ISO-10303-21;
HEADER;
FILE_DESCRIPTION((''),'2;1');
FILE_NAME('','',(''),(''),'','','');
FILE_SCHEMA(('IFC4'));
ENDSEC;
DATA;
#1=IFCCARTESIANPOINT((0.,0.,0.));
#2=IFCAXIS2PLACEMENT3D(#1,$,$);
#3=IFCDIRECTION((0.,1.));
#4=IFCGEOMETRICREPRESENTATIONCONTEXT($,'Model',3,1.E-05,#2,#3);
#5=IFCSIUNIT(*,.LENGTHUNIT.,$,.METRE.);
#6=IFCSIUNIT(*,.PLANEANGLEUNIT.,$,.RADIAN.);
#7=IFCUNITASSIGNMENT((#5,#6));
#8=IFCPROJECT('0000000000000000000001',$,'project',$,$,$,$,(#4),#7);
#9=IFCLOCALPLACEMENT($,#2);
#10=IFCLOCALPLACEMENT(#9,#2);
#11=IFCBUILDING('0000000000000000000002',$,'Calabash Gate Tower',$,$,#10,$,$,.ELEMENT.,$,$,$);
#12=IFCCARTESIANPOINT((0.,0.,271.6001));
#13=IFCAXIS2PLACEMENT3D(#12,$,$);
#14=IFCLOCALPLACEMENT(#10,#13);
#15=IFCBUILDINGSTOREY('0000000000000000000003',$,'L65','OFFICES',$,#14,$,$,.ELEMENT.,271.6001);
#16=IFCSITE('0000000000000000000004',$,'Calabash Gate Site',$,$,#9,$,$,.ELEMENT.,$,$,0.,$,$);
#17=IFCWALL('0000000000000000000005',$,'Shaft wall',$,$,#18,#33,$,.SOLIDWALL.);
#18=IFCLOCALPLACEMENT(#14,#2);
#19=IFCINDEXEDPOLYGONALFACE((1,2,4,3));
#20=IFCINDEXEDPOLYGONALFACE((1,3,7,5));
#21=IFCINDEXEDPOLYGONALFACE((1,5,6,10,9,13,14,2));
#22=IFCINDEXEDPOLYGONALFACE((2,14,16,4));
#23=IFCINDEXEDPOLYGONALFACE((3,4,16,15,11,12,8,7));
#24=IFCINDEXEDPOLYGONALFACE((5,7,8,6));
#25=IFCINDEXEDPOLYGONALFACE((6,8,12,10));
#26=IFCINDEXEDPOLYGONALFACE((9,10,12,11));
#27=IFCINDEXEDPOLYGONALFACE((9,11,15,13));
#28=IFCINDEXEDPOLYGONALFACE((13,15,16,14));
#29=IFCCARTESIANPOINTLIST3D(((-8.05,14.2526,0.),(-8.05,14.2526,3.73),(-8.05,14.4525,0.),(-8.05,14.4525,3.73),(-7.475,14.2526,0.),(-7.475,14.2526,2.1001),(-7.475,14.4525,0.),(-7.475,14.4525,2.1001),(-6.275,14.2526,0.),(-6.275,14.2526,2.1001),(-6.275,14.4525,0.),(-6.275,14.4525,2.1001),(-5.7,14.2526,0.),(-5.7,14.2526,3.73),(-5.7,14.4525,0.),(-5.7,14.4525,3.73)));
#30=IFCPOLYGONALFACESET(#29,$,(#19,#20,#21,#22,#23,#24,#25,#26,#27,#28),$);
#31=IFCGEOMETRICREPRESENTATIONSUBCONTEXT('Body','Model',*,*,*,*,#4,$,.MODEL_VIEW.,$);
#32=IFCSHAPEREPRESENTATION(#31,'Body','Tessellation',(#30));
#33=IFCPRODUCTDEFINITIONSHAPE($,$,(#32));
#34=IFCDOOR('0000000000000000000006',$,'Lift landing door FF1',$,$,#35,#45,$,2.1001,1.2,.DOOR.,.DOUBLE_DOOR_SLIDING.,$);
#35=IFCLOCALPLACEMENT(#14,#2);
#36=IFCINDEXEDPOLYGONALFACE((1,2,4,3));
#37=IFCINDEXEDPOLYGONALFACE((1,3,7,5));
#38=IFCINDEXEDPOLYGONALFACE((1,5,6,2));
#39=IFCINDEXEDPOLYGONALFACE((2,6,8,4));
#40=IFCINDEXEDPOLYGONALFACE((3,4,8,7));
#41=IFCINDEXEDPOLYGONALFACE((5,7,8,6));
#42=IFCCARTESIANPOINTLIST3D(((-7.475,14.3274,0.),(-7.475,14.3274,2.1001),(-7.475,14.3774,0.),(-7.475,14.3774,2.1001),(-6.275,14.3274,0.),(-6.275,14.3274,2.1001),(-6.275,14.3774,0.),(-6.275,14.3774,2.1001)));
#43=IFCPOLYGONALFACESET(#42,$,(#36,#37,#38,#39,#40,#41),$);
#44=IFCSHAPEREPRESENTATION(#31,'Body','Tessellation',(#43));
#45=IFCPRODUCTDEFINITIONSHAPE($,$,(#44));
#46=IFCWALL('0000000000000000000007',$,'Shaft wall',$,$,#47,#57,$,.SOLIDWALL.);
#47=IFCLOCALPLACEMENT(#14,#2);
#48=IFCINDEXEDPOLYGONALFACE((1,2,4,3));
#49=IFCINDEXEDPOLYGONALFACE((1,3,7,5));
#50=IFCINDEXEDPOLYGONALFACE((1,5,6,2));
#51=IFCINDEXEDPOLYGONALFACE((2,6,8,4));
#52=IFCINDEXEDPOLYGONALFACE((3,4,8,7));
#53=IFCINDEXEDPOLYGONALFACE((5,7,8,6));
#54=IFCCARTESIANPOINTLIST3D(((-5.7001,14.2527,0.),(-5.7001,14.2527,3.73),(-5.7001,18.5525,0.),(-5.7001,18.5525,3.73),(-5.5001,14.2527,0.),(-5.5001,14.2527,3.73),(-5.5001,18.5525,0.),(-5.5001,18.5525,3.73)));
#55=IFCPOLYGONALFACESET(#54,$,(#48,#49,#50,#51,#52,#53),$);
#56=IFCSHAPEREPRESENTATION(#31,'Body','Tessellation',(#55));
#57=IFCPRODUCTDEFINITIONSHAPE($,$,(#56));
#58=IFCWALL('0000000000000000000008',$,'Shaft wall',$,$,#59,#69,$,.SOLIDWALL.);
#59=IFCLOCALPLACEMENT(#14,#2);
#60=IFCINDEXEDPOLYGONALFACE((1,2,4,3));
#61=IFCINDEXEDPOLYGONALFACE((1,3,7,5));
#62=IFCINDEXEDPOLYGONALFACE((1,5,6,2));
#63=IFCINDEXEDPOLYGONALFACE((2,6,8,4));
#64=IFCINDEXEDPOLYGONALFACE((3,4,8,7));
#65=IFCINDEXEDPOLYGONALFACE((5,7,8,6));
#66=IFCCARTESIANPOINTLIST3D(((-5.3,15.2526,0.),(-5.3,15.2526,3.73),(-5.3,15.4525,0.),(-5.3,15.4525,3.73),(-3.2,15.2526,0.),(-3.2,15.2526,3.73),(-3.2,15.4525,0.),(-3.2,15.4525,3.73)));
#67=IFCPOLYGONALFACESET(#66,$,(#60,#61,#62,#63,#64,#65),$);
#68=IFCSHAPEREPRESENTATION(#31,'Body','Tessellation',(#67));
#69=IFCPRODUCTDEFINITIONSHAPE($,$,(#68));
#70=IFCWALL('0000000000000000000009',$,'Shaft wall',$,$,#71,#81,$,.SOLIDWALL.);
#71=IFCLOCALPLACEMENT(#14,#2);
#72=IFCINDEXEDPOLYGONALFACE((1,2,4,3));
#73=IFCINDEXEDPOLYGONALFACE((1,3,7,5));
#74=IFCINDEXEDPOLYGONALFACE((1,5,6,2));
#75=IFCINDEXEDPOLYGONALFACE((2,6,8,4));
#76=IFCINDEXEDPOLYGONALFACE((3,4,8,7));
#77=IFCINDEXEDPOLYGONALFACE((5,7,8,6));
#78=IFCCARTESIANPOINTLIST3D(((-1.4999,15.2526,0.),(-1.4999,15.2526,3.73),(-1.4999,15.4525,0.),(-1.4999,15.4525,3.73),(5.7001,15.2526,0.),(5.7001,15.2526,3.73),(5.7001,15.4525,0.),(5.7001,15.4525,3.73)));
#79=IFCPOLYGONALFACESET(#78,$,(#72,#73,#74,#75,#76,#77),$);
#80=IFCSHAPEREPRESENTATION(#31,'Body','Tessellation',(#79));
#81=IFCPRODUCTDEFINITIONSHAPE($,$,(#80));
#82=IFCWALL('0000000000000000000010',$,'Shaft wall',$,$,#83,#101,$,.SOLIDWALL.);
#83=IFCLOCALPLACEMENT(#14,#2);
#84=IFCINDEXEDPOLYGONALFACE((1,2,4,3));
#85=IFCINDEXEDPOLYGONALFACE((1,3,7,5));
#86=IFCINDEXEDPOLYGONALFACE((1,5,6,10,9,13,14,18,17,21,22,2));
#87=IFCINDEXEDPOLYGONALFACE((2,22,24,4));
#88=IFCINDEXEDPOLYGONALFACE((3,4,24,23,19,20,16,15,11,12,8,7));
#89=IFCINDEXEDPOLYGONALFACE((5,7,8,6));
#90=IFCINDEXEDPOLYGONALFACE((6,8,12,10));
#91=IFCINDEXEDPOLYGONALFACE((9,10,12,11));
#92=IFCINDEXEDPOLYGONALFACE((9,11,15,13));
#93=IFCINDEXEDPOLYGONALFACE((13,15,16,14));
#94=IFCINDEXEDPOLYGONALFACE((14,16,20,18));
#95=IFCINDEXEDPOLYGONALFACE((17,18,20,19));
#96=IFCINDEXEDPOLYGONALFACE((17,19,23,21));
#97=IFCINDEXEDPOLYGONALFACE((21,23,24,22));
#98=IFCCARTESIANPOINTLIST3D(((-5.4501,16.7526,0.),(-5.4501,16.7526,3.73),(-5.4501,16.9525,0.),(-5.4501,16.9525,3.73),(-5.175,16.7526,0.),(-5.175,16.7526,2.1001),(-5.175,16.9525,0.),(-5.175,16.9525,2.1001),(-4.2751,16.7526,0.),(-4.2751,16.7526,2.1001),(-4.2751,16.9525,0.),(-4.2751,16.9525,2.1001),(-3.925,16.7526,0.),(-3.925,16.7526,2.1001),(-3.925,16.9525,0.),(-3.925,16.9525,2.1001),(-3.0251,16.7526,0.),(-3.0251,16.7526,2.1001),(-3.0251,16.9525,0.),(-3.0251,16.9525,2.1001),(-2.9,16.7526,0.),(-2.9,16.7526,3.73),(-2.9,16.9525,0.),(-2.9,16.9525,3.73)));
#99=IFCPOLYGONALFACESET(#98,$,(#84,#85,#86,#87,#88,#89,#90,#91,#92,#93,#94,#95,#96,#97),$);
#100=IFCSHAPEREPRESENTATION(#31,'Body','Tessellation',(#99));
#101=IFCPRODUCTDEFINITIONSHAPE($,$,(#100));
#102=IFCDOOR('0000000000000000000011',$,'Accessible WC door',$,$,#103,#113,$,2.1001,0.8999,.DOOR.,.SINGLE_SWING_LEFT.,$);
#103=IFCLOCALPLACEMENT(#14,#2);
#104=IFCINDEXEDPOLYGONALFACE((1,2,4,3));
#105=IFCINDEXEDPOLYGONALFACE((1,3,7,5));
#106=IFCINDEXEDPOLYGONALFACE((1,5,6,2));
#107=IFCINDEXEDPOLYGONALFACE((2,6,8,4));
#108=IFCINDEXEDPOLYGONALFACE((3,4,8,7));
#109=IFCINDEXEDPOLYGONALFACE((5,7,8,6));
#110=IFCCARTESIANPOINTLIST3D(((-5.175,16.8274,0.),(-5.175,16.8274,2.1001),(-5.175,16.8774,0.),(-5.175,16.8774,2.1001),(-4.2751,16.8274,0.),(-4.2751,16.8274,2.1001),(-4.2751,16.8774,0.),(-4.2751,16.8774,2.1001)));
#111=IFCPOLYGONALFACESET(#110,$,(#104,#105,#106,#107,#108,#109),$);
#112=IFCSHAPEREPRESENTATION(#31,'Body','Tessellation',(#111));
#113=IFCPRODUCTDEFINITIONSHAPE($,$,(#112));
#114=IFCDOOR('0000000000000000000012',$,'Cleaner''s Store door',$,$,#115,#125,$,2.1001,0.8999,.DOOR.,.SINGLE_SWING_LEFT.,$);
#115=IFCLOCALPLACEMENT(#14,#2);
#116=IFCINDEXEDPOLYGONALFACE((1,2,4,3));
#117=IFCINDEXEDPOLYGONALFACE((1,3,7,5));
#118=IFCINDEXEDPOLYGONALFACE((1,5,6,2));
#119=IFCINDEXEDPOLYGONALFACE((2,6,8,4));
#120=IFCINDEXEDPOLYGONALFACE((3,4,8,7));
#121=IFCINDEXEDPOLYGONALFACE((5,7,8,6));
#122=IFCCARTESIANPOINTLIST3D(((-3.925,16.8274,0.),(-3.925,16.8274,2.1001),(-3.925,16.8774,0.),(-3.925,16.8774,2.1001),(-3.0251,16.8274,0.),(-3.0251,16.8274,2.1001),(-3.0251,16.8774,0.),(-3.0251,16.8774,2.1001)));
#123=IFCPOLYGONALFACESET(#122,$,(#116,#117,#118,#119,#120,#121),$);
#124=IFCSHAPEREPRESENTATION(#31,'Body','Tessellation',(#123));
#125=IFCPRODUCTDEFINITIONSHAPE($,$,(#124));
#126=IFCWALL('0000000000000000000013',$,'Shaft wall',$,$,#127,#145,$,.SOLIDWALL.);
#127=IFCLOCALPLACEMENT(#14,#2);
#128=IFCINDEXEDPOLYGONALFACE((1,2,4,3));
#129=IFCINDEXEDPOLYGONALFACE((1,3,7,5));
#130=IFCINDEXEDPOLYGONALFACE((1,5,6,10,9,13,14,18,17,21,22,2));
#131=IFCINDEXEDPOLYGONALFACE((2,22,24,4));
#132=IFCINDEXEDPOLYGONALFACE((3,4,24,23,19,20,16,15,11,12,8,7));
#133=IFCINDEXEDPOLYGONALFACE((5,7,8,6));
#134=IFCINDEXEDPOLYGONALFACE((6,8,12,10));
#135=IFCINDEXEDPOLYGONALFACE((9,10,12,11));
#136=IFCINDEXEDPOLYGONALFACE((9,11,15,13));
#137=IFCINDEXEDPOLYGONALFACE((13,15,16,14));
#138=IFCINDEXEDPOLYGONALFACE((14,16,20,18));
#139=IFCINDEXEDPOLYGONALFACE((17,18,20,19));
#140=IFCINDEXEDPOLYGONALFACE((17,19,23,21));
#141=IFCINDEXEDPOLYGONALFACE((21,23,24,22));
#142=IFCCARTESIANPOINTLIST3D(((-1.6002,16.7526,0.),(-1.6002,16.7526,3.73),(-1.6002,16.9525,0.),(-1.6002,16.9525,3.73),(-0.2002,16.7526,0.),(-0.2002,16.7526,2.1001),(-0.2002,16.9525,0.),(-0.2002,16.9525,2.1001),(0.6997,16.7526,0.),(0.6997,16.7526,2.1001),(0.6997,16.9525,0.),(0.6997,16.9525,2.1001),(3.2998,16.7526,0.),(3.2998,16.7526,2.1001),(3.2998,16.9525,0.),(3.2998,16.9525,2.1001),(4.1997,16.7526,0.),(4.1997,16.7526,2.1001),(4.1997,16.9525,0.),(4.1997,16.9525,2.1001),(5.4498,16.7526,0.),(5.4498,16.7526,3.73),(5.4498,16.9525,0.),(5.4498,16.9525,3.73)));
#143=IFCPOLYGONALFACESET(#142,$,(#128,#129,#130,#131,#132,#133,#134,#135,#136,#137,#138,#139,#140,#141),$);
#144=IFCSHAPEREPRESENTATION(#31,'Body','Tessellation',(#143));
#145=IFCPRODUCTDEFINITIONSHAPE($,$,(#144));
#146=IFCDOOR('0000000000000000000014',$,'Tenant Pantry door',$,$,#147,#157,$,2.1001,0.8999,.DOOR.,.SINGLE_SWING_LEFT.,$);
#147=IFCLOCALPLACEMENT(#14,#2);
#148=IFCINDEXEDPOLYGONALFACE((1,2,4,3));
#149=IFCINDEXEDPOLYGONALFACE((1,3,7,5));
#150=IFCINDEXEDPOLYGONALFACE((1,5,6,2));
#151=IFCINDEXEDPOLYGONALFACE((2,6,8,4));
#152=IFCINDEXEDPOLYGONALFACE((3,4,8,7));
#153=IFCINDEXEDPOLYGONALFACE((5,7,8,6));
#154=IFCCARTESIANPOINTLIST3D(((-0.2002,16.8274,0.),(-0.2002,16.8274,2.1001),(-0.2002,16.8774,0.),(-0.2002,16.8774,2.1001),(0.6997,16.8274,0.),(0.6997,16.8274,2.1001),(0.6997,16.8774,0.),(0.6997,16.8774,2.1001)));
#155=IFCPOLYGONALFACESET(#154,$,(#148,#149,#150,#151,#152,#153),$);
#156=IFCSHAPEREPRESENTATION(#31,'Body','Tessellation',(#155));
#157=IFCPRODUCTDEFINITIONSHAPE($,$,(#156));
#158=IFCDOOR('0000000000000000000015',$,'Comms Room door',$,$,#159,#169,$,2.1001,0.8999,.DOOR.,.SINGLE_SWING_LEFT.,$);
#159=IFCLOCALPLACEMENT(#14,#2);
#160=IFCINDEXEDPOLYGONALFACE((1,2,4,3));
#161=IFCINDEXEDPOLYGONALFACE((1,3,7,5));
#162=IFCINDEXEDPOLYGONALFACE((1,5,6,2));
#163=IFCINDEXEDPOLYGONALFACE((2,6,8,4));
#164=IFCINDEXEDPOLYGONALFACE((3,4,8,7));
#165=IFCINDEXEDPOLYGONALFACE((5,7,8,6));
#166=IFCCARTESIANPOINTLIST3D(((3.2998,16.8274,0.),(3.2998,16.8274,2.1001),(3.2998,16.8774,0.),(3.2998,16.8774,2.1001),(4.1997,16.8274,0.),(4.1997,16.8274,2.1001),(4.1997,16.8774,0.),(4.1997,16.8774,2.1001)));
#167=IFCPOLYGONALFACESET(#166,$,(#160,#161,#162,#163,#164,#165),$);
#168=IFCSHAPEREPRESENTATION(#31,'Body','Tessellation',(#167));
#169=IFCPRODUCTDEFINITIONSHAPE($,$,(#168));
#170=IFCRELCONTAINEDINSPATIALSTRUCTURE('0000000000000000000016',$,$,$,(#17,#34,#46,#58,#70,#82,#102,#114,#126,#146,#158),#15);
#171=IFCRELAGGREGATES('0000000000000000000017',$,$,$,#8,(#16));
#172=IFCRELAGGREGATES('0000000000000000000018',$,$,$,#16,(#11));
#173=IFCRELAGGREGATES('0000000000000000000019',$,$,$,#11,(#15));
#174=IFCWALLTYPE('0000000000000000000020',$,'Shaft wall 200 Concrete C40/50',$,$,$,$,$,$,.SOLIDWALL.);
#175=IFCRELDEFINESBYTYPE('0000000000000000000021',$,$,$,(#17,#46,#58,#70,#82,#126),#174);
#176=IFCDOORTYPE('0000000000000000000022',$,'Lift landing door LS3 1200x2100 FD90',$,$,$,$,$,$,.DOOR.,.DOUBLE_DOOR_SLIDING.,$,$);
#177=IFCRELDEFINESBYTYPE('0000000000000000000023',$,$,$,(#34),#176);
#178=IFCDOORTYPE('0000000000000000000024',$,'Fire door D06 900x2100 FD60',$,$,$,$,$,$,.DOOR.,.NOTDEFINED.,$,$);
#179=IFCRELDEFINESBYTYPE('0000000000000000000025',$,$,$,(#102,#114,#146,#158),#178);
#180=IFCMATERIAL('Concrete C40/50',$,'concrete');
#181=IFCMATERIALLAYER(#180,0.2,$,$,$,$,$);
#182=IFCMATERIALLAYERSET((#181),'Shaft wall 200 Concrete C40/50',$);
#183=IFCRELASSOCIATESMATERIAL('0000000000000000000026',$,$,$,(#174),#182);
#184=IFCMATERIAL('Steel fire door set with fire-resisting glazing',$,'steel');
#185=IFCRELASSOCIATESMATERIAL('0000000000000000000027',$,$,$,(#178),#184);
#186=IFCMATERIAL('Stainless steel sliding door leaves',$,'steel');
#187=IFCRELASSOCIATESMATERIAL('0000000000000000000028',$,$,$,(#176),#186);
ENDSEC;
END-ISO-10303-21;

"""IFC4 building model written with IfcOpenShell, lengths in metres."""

from ifc_helpers import new_model, si_unit, direction, frame, frame_2d, origin, place, context, subcontext, project, spatial, rectangle, extrude, material, layer, layer_set, type_object, element, fill, save


model = new_model("IFC4")

# Units and contexts
model_context = context("Model", 3, precision=1e-05, world=origin(), true_north=direction((0.0, 1.0)))
body_context = subcontext(model_context, "Body", "Model", "MODEL_VIEW")
ifc_project = project(units=[si_unit("LENGTHUNIT", "METRE"), si_unit("PLANEANGLEUNIT", "RADIAN")], contexts=[model_context])

# Site, building, storey
site_placement = place(None, origin())
site = spatial("IfcSite", under=ifc_project, at=site_placement, Name="Calabash Gate Site", CompositionType="ELEMENT", RefElevation=0.0)
building_placement = place(site_placement, origin())
building = spatial("IfcBuilding", under=site, at=building_placement, Name="Calabash Gate Tower", CompositionType="ELEMENT")
storey_placement = place(building_placement, frame((0.0, 0.0, 271.6001)))
storey = spatial("IfcBuildingStorey", under=building, at=storey_placement, Name="L65", Description="OFFICES", CompositionType="ELEMENT", Elevation=271.6001)

# Shared definitions
ifc_material_1 = material(Name="Concrete C40/50", Category="concrete")
ifc_layer_1 = layer(ifc_material_1, 0.2)
ifc_layer_set_1 = layer_set([ifc_layer_1], Name="Shaft wall 200 Concrete C40/50")
wall_type_1 = type_object("IfcWallType", Name="Shaft wall 200 Concrete C40/50", PredefinedType="SOLIDWALL", material=ifc_layer_set_1)
ifc_material_2 = material(Name="Steel fire door set with fire-resisting glazing", Category="steel")
door_type_1 = type_object("IfcDoorType", Name="Fire door D06 900x2100 FD60", OperationType="NOTDEFINED", PredefinedType="DOOR", material=ifc_material_2)

# Wall, opening, door
wall_1_placement = place(storey_placement, frame((-8.05, 14.3525, 0.0), z_axis=(0.0, 0.0, 1.0), x_axis=(1.0, 0.0, 0.0)))
wall_1 = element("IfcWall", 1, at=wall_1_placement, inside=storey, type_object=wall_type_1, Name="Shaft wall", PredefinedType="SOLIDWALL", context=body_context, shape_type="SweptSolid", body=[
    extrude(rectangle(XDim=2.3501, YDim=0.2, at=frame_2d((1.175, 0.0))), origin(), (0.0, 0.0, 1.0), 3.73),
])
opening_1_placement = place(wall_1_placement, frame((0.575, 0.0, 0.0)))
opening_1 = element("IfcOpeningElement", 2, at=opening_1_placement, cuts=wall_1, PredefinedType="OPENING", context=body_context, shape_type="SweptSolid", body=[
    extrude(rectangle(XDim=1.2, YDim=2.1001, at=frame_2d((0.6001, 1.05))), frame((0.0, 0.1099, 0.0), z_axis=(0.0, -1.0, 0.0), x_axis=(1.0, 0.0, 0.0)), (0.0, 0.0, 1.0), 0.22),
])
ifc_material_3 = material(Name="Stainless steel sliding door leaves", Category="steel")
door_type_2 = type_object("IfcDoorType", Name="Lift landing door LS3 1200x2100 FD90", OperationType="DOUBLE_DOOR_SLIDING", PredefinedType="DOOR", material=ifc_material_3)
door_1_placement = place(opening_1_placement, origin())
door_1 = element("IfcDoor", 3, at=door_1_placement, inside=storey, type_object=door_type_2, Name="Lift landing door FF1", OperationType="DOUBLE_DOOR_SLIDING", OverallHeight=2.1001, OverallWidth=1.2, PredefinedType="DOOR", context=body_context, shape_type="SweptSolid", body=[
    extrude(rectangle(XDim=1.2, YDim=2.1001, at=frame_2d((0.6001, 1.05))), frame((0.0, 0.0249, 0.0), z_axis=(0.0, -1.0, 0.0), x_axis=(1.0, 0.0, 0.0)), (0.0, 0.0, 1.0), 0.05),
])
fill(opening_1, door_1)

# Walls
wall_2_placement = place(storey_placement, frame((-5.6001, 14.2527, 0.0), z_axis=(0.0, 0.0, 1.0), x_axis=(0.0, 1.0, 0.0)))
element("IfcWall", 4, at=wall_2_placement, inside=storey, type_object=wall_type_1, Name="Shaft wall", PredefinedType="SOLIDWALL", context=body_context, shape_type="SweptSolid", body=[
    extrude(rectangle(XDim=4.2998, YDim=0.2, at=frame_2d((2.1499, 0.0))), origin(), (0.0, 0.0, 1.0), 3.73),
])
wall_3_placement = place(storey_placement, frame((-5.3, 15.3525, 0.0), z_axis=(0.0, 0.0, 1.0), x_axis=(1.0, 0.0, 0.0)))
element("IfcWall", 5, at=wall_3_placement, inside=storey, type_object=wall_type_1, Name="Shaft wall", PredefinedType="SOLIDWALL", context=body_context, shape_type="SweptSolid", body=[
    extrude(rectangle(XDim=2.1001, YDim=0.2, at=frame_2d((1.05, 0.0))), origin(), (0.0, 0.0, 1.0), 3.73),
])
wall_4_placement = place(storey_placement, frame((-1.5, 15.3525, 0.0), z_axis=(0.0, 0.0, 1.0), x_axis=(1.0, 0.0, 0.0)))
element("IfcWall", 6, at=wall_4_placement, inside=storey, type_object=wall_type_1, Name="Shaft wall", PredefinedType="SOLIDWALL", context=body_context, shape_type="SweptSolid", body=[
    extrude(rectangle(XDim=7.2, YDim=0.2, at=frame_2d((3.6001, 0.0))), origin(), (0.0, 0.0, 1.0), 3.73),
])

# Walls, openings, doors
wall_5_placement = place(storey_placement, frame((-5.45, 16.8525, 0.0), z_axis=(0.0, 0.0, 1.0), x_axis=(1.0, 0.0, 0.0)))
wall_5 = element("IfcWall", 7, at=wall_5_placement, inside=storey, type_object=wall_type_1, Name="Shaft wall", PredefinedType="SOLIDWALL", context=body_context, shape_type="SweptSolid", body=[
    extrude(rectangle(XDim=2.55, YDim=0.2, at=frame_2d((1.2749, 0.0))), origin(), (0.0, 0.0, 1.0), 3.73),
])
opening_2_placement = place(wall_5_placement, frame((0.2749, 0.0, 0.0)))
opening_2 = element("IfcOpeningElement", 8, at=opening_2_placement, cuts=wall_5, PredefinedType="OPENING", context=body_context, shape_type="SweptSolid", body=[
    extrude(rectangle(XDim=0.8999, YDim=2.1001, at=frame_2d((0.45, 1.05))), frame((0.0, 0.1099, 0.0), z_axis=(0.0, -1.0, 0.0), x_axis=(1.0, 0.0, 0.0)), (0.0, 0.0, 1.0), 0.22),
])
opening_3_placement = place(wall_5_placement, frame((1.5249, 0.0, 0.0)))
opening_3 = element("IfcOpeningElement", 9, at=opening_3_placement, cuts=wall_5, PredefinedType="OPENING", context=body_context, shape_type="SweptSolid", body=[
    extrude(rectangle(XDim=0.8999, YDim=2.1001, at=frame_2d((0.45, 1.05))), frame((0.0, 0.1099, 0.0), z_axis=(0.0, -1.0, 0.0), x_axis=(1.0, 0.0, 0.0)), (0.0, 0.0, 1.0), 0.22),
])
door_2_placement = place(opening_2_placement, origin())
door_2 = element("IfcDoor", 10, at=door_2_placement, inside=storey, type_object=door_type_1, Name="Accessible WC door", OperationType="SINGLE_SWING_LEFT", OverallHeight=2.1001, OverallWidth=0.8999, PredefinedType="DOOR", context=body_context, shape_type="SweptSolid", body=[
    extrude(rectangle(XDim=0.8999, YDim=2.1001, at=frame_2d((0.45, 1.05))), frame((0.0, 0.0249, 0.0), z_axis=(0.0, -1.0, 0.0), x_axis=(1.0, 0.0, 0.0)), (0.0, 0.0, 1.0), 0.05),
])
fill(opening_2, door_2)
door_3_placement = place(opening_3_placement, origin())
door_3 = element("IfcDoor", 11, at=door_3_placement, inside=storey, type_object=door_type_1, Name="Cleaner's Store door", OperationType="SINGLE_SWING_LEFT", OverallHeight=2.1001, OverallWidth=0.8999, PredefinedType="DOOR", context=body_context, shape_type="SweptSolid", body=[
    extrude(rectangle(XDim=0.8999, YDim=2.1001, at=frame_2d((0.45, 1.05))), frame((0.0, 0.0249, 0.0), z_axis=(0.0, -1.0, 0.0), x_axis=(1.0, 0.0, 0.0)), (0.0, 0.0, 1.0), 0.05),
])
fill(opening_3, door_3)
wall_6_placement = place(storey_placement, frame((-1.6001, 16.8525, 0.0), z_axis=(0.0, 0.0, 1.0), x_axis=(1.0, 0.0, 0.0)))
wall_6 = element("IfcWall", 12, at=wall_6_placement, inside=storey, type_object=wall_type_1, Name="Shaft wall", PredefinedType="SOLIDWALL", context=body_context, shape_type="SweptSolid", body=[
    extrude(rectangle(XDim=7.05, YDim=0.2, at=frame_2d((3.5249, 0.0))), origin(), (0.0, 0.0, 1.0), 3.73),
])
opening_4_placement = place(wall_6_placement, frame((1.3999, 0.0, 0.0)))
opening_4 = element("IfcOpeningElement", 13, at=opening_4_placement, cuts=wall_6, PredefinedType="OPENING", context=body_context, shape_type="SweptSolid", body=[
    extrude(rectangle(XDim=0.8999, YDim=2.1001, at=frame_2d((0.45, 1.05))), frame((0.0, 0.1099, 0.0), z_axis=(0.0, -1.0, 0.0), x_axis=(1.0, 0.0, 0.0)), (0.0, 0.0, 1.0), 0.22),
])
opening_5_placement = place(wall_6_placement, frame((4.8999, 0.0, 0.0)))
opening_5 = element("IfcOpeningElement", 14, at=opening_5_placement, cuts=wall_6, PredefinedType="OPENING", context=body_context, shape_type="SweptSolid", body=[
    extrude(rectangle(XDim=0.8999, YDim=2.1001, at=frame_2d((0.45, 1.05))), frame((0.0, 0.1099, 0.0), z_axis=(0.0, -1.0, 0.0), x_axis=(1.0, 0.0, 0.0)), (0.0, 0.0, 1.0), 0.22),
])
door_4_placement = place(opening_4_placement, origin())
door_4 = element("IfcDoor", 15, at=door_4_placement, inside=storey, type_object=door_type_1, Name="Tenant Pantry door", OperationType="SINGLE_SWING_LEFT", OverallHeight=2.1001, OverallWidth=0.8999, PredefinedType="DOOR", context=body_context, shape_type="SweptSolid", body=[
    extrude(rectangle(XDim=0.8999, YDim=2.1001, at=frame_2d((0.45, 1.05))), frame((0.0, 0.0249, 0.0), z_axis=(0.0, -1.0, 0.0), x_axis=(1.0, 0.0, 0.0)), (0.0, 0.0, 1.0), 0.05),
])
fill(opening_4, door_4)
door_5_placement = place(opening_5_placement, origin())
door_5 = element("IfcDoor", 16, at=door_5_placement, inside=storey, type_object=door_type_1, Name="Comms Room door", OperationType="SINGLE_SWING_LEFT", OverallHeight=2.1001, OverallWidth=0.8999, PredefinedType="DOOR", context=body_context, shape_type="SweptSolid", body=[
    extrude(rectangle(XDim=0.8999, YDim=2.1001, at=frame_2d((0.45, 1.05))), frame((0.0, 0.0249, 0.0), z_axis=(0.0, -1.0, 0.0), x_axis=(1.0, 0.0, 0.0)), (0.0, 0.0, 1.0), 0.05),
])
fill(opening_5, door_5)

save(model, "model.ifc")
